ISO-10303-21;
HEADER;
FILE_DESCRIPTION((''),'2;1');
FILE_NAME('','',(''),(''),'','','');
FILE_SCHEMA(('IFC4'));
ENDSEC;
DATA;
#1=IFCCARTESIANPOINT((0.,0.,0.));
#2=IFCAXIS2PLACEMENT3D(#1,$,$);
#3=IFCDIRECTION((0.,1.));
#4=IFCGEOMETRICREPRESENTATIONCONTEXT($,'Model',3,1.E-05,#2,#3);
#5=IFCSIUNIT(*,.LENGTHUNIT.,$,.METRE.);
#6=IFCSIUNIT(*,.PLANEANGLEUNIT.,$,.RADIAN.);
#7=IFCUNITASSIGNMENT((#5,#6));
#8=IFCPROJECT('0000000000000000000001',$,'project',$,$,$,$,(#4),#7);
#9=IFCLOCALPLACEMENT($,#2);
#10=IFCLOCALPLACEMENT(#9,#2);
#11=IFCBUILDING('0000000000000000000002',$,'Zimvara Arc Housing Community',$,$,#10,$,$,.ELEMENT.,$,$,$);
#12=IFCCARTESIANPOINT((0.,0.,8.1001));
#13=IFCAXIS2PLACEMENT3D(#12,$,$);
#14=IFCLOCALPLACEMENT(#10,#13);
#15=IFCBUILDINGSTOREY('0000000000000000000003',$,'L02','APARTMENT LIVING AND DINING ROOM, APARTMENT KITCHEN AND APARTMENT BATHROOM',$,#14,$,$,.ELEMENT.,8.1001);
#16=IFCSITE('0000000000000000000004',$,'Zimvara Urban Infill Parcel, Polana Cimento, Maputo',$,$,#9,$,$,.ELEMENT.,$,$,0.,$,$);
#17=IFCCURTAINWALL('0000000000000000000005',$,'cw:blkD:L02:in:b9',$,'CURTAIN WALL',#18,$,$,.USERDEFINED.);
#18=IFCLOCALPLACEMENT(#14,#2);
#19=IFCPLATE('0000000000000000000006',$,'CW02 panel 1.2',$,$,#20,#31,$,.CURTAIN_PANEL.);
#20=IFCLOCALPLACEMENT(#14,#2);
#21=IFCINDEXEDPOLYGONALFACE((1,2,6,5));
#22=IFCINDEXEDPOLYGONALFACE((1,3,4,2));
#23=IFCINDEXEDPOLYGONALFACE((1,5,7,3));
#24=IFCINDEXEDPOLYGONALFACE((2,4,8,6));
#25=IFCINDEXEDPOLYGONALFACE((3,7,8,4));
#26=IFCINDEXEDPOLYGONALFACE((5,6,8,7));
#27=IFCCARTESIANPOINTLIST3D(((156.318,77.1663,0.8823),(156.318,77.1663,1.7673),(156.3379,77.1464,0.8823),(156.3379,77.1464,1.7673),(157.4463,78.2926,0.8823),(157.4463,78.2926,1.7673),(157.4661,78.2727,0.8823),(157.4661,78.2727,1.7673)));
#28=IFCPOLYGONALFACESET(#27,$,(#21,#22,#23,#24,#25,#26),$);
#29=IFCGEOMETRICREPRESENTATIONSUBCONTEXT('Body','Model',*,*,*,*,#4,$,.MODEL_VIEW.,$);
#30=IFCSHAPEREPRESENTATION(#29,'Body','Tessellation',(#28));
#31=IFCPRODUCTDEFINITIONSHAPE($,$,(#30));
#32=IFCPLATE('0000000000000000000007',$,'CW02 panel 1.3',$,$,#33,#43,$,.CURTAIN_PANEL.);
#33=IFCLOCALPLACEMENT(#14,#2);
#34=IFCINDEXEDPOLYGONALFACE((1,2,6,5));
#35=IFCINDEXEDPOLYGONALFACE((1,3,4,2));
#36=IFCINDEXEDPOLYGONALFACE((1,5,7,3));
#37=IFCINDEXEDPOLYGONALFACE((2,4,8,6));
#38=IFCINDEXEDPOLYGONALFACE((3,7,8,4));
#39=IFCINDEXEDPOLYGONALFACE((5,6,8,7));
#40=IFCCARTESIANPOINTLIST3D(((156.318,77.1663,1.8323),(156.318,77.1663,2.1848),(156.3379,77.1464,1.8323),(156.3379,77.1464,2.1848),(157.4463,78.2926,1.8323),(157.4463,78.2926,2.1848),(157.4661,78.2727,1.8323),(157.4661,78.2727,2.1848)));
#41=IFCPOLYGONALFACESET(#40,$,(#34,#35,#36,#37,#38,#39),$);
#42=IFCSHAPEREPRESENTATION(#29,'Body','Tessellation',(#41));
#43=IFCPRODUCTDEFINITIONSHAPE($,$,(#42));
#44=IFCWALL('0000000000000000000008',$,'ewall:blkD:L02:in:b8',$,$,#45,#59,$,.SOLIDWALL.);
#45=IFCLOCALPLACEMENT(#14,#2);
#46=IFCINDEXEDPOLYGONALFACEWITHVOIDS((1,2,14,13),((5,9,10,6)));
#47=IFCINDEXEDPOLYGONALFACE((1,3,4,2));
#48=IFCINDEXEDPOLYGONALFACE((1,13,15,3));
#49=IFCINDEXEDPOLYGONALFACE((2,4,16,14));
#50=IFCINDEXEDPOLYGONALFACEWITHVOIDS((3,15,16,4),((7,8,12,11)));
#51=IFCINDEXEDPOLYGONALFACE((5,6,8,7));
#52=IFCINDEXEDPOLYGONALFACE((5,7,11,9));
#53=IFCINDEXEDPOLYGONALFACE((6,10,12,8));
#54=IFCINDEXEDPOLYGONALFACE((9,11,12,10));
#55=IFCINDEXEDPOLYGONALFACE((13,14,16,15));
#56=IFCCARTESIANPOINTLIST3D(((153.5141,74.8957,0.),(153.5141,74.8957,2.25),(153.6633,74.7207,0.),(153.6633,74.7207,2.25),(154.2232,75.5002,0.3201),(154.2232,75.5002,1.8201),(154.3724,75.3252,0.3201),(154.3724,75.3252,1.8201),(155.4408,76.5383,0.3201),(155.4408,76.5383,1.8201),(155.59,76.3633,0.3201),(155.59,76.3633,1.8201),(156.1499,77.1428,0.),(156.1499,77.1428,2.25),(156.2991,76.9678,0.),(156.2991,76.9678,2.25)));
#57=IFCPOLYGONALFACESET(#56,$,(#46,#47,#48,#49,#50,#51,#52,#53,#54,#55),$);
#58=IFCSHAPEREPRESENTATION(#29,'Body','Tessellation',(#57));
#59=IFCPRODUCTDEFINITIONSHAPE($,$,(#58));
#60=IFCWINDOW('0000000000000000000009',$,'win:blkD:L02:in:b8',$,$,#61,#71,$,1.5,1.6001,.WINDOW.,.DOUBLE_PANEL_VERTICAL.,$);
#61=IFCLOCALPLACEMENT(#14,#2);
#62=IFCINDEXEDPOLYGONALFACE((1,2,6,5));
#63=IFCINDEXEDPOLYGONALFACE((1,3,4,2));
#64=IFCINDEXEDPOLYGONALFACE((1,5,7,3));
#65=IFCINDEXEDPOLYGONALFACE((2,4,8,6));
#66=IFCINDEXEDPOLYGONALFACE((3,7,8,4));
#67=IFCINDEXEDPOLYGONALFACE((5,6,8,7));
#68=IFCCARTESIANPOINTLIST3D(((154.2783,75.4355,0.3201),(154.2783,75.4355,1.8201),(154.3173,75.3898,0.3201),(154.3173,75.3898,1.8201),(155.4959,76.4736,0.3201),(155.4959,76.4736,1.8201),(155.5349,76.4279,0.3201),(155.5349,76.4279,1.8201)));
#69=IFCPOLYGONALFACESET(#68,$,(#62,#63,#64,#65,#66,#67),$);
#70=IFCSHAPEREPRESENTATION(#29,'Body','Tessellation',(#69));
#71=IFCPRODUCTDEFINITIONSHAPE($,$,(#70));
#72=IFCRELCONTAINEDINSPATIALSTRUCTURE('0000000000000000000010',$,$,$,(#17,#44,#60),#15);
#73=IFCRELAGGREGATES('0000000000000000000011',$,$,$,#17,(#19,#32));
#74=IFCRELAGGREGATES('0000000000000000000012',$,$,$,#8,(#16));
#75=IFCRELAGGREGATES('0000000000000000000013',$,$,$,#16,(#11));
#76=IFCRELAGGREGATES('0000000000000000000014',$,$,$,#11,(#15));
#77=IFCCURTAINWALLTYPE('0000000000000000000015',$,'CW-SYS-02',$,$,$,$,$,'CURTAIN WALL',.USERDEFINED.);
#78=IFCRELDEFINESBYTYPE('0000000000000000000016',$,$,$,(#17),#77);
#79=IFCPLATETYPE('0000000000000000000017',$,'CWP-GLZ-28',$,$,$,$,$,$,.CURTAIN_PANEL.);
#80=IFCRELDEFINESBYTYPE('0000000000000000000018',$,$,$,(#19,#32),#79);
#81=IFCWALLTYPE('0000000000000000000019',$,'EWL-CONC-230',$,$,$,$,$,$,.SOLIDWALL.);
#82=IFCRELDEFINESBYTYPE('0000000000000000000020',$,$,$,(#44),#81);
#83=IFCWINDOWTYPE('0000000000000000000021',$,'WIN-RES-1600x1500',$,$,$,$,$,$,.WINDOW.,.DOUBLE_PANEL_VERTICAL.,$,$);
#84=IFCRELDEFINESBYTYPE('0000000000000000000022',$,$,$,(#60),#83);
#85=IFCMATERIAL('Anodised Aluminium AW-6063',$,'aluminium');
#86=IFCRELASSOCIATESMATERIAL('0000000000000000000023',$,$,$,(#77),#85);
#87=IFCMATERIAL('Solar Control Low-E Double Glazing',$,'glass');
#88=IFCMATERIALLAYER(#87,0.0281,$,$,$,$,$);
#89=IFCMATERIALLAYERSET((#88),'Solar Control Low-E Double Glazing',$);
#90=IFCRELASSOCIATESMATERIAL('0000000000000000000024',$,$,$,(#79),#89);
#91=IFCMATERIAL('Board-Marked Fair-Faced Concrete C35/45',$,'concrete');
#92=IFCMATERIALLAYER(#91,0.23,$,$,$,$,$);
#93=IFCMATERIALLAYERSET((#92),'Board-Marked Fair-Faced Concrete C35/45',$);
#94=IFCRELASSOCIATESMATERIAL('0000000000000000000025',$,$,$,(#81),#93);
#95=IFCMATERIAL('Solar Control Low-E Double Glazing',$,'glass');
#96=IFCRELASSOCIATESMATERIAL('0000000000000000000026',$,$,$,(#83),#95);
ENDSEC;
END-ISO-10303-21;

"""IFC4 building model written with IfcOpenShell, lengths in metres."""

from ifc_helpers import new_model, si_unit, direction, frame, frame_2d, origin, origin_2d, place, context, subcontext, project, spatial, rectangle, extrude, material, layer, layer_set, type_object, element, fill, aggregate, save


model = new_model("IFC4")

# Units and contexts
model_context = context("Model", 3, precision=1e-05, world=origin(), true_north=direction((0.0, 1.0)))
body_context = subcontext(model_context, "Body", "Model", "MODEL_VIEW")
ifc_project = project(units=[si_unit("LENGTHUNIT", "METRE"), si_unit("PLANEANGLEUNIT", "RADIAN")], contexts=[model_context])

# Site, building, storey
site_placement = place(None, origin())
site = spatial("IfcSite", under=ifc_project, at=site_placement, Name="Zimvara Urban Infill Parcel, Polana Cimento, Maputo", CompositionType="ELEMENT", RefElevation=0.0)
building_placement = place(site_placement, origin())
building = spatial("IfcBuilding", under=site, at=building_placement, Name="Zimvara Arc Housing Community", CompositionType="ELEMENT")
storey_placement = place(building_placement, frame((0.0, 0.0, 8.1001)))
storey = spatial("IfcBuildingStorey", under=building, at=storey_placement, Name="L02", Description="APARTMENT LIVING AND DINING ROOM, APARTMENT KITCHEN AND APARTMENT BATHROOM", CompositionType="ELEMENT", Elevation=8.1001)

# Curtain wall
ifc_material_1 = material(Name="Anodised Aluminium AW-6063", Category="aluminium")
curtain_wall_type_1 = type_object("IfcCurtainWallType", Name="CW-SYS-02", ElementType="CURTAIN WALL", PredefinedType="USERDEFINED", material=ifc_material_1)
curtain_wall_1_placement = place(storey_placement, origin())
curtain_wall_1 = element("IfcCurtainWall", 1, at=curtain_wall_1_placement, inside=storey, type_object=curtain_wall_type_1, Name="cw:blkD:L02:in:b9", ObjectType="CURTAIN WALL", PredefinedType="USERDEFINED")

# Plates
ifc_material_2 = material(Name="Solar Control Low-E Double Glazing", Category="glass")
ifc_layer_1 = layer(ifc_material_2, 0.0281)
ifc_layer_set_1 = layer_set([ifc_layer_1], Name="Solar Control Low-E Double Glazing")
plate_type_1 = type_object("IfcPlateType", Name="CWP-GLZ-28", PredefinedType="CURTAIN_PANEL", material=ifc_layer_set_1)
plate_1_placement = place(storey_placement, frame((156.8921, 77.7195, 0.8823), z_axis=(0.0, 0.0, 1.0), x_axis=(0.707723, 0.70649, 0.0)))
plate_1 = element("IfcPlate", 2, at=plate_1_placement, type_object=plate_type_1, Name="CW02 panel 1.2", PredefinedType="CURTAIN_PANEL", context=body_context, shape_type="SweptSolid", body=[
    extrude(rectangle(XDim=1.5942, YDim=0.0281, at=origin_2d()), origin(), (0.0, 0.0, 1.0), 0.885),
])
plate_2_placement = place(storey_placement, frame((156.8921, 77.7195, 1.8323), z_axis=(0.0, 0.0, 1.0), x_axis=(0.707723, 0.70649, 0.0)))
plate_2 = element("IfcPlate", 3, at=plate_2_placement, type_object=plate_type_1, Name="CW02 panel 1.3", PredefinedType="CURTAIN_PANEL", context=body_context, shape_type="SweptSolid", body=[
    extrude(rectangle(XDim=1.5942, YDim=0.0281, at=origin_2d()), origin(), (0.0, 0.0, 1.0), 0.3525),
])
aggregate(curtain_wall_1, [plate_1, plate_2])

# Wall, opening, window
ifc_material_3 = material(Name="Board-Marked Fair-Faced Concrete C35/45", Category="concrete")
ifc_layer_2 = layer(ifc_material_3, 0.23)
ifc_layer_set_2 = layer_set([ifc_layer_2], Name="Board-Marked Fair-Faced Concrete C35/45")
wall_type = type_object("IfcWallType", Name="EWL-CONC-230", PredefinedType="SOLIDWALL", material=ifc_layer_set_2)
wall_placement = place(storey_placement, frame((153.5886, 74.8081, 0.0), z_axis=(0.0, 0.0, 1.0), x_axis=(0.760985, 0.648769, 0.0)))
wall = element("IfcWall", 4, at=wall_placement, inside=storey, type_object=wall_type, Name="ewall:blkD:L02:in:b8", PredefinedType="SOLIDWALL", context=body_context, shape_type="SweptSolid", body=[
    extrude(rectangle(XDim=3.4636, YDim=0.23, at=frame_2d((1.7319, 0.0))), origin(), (0.0, 0.0, 1.0), 2.25),
])
opening_placement = place(wall_placement, frame((0.9319, 0.0, 0.3201)))
opening = element("IfcOpeningElement", 5, at=opening_placement, cuts=wall, PredefinedType="OPENING", context=body_context, shape_type="SweptSolid", body=[
    extrude(rectangle(XDim=1.6001, YDim=1.5, at=frame_2d((0.8, 0.75))), frame((0.0, 0.125, 0.0), z_axis=(0.0, -1.0, 0.0), x_axis=(1.0, 0.0, 0.0)), (0.0, 0.0, 1.0), 0.25),
])
ifc_material_4 = material(Name="Solar Control Low-E Double Glazing", Category="glass")
window_type = type_object("IfcWindowType", Name="WIN-RES-1600x1500", PartitioningType="DOUBLE_PANEL_VERTICAL", PredefinedType="WINDOW", material=ifc_material_4)
window_placement = place(opening_placement, origin())
window = element("IfcWindow", 6, at=window_placement, inside=storey, type_object=window_type, Name="win:blkD:L02:in:b8", OverallHeight=1.5, OverallWidth=1.6001, PartitioningType="DOUBLE_PANEL_VERTICAL", PredefinedType="WINDOW", context=body_context, shape_type="SweptSolid", body=[
    extrude(rectangle(XDim=1.6001, YDim=1.5, at=frame_2d((0.8, 0.75))), frame((0.0, 0.03, 0.0), z_axis=(0.0, -1.0, 0.0), x_axis=(1.0, 0.0, 0.0)), (0.0, 0.0, 1.0), 0.0601),
])
fill(opening, window)

save(model, "model.ifc")
